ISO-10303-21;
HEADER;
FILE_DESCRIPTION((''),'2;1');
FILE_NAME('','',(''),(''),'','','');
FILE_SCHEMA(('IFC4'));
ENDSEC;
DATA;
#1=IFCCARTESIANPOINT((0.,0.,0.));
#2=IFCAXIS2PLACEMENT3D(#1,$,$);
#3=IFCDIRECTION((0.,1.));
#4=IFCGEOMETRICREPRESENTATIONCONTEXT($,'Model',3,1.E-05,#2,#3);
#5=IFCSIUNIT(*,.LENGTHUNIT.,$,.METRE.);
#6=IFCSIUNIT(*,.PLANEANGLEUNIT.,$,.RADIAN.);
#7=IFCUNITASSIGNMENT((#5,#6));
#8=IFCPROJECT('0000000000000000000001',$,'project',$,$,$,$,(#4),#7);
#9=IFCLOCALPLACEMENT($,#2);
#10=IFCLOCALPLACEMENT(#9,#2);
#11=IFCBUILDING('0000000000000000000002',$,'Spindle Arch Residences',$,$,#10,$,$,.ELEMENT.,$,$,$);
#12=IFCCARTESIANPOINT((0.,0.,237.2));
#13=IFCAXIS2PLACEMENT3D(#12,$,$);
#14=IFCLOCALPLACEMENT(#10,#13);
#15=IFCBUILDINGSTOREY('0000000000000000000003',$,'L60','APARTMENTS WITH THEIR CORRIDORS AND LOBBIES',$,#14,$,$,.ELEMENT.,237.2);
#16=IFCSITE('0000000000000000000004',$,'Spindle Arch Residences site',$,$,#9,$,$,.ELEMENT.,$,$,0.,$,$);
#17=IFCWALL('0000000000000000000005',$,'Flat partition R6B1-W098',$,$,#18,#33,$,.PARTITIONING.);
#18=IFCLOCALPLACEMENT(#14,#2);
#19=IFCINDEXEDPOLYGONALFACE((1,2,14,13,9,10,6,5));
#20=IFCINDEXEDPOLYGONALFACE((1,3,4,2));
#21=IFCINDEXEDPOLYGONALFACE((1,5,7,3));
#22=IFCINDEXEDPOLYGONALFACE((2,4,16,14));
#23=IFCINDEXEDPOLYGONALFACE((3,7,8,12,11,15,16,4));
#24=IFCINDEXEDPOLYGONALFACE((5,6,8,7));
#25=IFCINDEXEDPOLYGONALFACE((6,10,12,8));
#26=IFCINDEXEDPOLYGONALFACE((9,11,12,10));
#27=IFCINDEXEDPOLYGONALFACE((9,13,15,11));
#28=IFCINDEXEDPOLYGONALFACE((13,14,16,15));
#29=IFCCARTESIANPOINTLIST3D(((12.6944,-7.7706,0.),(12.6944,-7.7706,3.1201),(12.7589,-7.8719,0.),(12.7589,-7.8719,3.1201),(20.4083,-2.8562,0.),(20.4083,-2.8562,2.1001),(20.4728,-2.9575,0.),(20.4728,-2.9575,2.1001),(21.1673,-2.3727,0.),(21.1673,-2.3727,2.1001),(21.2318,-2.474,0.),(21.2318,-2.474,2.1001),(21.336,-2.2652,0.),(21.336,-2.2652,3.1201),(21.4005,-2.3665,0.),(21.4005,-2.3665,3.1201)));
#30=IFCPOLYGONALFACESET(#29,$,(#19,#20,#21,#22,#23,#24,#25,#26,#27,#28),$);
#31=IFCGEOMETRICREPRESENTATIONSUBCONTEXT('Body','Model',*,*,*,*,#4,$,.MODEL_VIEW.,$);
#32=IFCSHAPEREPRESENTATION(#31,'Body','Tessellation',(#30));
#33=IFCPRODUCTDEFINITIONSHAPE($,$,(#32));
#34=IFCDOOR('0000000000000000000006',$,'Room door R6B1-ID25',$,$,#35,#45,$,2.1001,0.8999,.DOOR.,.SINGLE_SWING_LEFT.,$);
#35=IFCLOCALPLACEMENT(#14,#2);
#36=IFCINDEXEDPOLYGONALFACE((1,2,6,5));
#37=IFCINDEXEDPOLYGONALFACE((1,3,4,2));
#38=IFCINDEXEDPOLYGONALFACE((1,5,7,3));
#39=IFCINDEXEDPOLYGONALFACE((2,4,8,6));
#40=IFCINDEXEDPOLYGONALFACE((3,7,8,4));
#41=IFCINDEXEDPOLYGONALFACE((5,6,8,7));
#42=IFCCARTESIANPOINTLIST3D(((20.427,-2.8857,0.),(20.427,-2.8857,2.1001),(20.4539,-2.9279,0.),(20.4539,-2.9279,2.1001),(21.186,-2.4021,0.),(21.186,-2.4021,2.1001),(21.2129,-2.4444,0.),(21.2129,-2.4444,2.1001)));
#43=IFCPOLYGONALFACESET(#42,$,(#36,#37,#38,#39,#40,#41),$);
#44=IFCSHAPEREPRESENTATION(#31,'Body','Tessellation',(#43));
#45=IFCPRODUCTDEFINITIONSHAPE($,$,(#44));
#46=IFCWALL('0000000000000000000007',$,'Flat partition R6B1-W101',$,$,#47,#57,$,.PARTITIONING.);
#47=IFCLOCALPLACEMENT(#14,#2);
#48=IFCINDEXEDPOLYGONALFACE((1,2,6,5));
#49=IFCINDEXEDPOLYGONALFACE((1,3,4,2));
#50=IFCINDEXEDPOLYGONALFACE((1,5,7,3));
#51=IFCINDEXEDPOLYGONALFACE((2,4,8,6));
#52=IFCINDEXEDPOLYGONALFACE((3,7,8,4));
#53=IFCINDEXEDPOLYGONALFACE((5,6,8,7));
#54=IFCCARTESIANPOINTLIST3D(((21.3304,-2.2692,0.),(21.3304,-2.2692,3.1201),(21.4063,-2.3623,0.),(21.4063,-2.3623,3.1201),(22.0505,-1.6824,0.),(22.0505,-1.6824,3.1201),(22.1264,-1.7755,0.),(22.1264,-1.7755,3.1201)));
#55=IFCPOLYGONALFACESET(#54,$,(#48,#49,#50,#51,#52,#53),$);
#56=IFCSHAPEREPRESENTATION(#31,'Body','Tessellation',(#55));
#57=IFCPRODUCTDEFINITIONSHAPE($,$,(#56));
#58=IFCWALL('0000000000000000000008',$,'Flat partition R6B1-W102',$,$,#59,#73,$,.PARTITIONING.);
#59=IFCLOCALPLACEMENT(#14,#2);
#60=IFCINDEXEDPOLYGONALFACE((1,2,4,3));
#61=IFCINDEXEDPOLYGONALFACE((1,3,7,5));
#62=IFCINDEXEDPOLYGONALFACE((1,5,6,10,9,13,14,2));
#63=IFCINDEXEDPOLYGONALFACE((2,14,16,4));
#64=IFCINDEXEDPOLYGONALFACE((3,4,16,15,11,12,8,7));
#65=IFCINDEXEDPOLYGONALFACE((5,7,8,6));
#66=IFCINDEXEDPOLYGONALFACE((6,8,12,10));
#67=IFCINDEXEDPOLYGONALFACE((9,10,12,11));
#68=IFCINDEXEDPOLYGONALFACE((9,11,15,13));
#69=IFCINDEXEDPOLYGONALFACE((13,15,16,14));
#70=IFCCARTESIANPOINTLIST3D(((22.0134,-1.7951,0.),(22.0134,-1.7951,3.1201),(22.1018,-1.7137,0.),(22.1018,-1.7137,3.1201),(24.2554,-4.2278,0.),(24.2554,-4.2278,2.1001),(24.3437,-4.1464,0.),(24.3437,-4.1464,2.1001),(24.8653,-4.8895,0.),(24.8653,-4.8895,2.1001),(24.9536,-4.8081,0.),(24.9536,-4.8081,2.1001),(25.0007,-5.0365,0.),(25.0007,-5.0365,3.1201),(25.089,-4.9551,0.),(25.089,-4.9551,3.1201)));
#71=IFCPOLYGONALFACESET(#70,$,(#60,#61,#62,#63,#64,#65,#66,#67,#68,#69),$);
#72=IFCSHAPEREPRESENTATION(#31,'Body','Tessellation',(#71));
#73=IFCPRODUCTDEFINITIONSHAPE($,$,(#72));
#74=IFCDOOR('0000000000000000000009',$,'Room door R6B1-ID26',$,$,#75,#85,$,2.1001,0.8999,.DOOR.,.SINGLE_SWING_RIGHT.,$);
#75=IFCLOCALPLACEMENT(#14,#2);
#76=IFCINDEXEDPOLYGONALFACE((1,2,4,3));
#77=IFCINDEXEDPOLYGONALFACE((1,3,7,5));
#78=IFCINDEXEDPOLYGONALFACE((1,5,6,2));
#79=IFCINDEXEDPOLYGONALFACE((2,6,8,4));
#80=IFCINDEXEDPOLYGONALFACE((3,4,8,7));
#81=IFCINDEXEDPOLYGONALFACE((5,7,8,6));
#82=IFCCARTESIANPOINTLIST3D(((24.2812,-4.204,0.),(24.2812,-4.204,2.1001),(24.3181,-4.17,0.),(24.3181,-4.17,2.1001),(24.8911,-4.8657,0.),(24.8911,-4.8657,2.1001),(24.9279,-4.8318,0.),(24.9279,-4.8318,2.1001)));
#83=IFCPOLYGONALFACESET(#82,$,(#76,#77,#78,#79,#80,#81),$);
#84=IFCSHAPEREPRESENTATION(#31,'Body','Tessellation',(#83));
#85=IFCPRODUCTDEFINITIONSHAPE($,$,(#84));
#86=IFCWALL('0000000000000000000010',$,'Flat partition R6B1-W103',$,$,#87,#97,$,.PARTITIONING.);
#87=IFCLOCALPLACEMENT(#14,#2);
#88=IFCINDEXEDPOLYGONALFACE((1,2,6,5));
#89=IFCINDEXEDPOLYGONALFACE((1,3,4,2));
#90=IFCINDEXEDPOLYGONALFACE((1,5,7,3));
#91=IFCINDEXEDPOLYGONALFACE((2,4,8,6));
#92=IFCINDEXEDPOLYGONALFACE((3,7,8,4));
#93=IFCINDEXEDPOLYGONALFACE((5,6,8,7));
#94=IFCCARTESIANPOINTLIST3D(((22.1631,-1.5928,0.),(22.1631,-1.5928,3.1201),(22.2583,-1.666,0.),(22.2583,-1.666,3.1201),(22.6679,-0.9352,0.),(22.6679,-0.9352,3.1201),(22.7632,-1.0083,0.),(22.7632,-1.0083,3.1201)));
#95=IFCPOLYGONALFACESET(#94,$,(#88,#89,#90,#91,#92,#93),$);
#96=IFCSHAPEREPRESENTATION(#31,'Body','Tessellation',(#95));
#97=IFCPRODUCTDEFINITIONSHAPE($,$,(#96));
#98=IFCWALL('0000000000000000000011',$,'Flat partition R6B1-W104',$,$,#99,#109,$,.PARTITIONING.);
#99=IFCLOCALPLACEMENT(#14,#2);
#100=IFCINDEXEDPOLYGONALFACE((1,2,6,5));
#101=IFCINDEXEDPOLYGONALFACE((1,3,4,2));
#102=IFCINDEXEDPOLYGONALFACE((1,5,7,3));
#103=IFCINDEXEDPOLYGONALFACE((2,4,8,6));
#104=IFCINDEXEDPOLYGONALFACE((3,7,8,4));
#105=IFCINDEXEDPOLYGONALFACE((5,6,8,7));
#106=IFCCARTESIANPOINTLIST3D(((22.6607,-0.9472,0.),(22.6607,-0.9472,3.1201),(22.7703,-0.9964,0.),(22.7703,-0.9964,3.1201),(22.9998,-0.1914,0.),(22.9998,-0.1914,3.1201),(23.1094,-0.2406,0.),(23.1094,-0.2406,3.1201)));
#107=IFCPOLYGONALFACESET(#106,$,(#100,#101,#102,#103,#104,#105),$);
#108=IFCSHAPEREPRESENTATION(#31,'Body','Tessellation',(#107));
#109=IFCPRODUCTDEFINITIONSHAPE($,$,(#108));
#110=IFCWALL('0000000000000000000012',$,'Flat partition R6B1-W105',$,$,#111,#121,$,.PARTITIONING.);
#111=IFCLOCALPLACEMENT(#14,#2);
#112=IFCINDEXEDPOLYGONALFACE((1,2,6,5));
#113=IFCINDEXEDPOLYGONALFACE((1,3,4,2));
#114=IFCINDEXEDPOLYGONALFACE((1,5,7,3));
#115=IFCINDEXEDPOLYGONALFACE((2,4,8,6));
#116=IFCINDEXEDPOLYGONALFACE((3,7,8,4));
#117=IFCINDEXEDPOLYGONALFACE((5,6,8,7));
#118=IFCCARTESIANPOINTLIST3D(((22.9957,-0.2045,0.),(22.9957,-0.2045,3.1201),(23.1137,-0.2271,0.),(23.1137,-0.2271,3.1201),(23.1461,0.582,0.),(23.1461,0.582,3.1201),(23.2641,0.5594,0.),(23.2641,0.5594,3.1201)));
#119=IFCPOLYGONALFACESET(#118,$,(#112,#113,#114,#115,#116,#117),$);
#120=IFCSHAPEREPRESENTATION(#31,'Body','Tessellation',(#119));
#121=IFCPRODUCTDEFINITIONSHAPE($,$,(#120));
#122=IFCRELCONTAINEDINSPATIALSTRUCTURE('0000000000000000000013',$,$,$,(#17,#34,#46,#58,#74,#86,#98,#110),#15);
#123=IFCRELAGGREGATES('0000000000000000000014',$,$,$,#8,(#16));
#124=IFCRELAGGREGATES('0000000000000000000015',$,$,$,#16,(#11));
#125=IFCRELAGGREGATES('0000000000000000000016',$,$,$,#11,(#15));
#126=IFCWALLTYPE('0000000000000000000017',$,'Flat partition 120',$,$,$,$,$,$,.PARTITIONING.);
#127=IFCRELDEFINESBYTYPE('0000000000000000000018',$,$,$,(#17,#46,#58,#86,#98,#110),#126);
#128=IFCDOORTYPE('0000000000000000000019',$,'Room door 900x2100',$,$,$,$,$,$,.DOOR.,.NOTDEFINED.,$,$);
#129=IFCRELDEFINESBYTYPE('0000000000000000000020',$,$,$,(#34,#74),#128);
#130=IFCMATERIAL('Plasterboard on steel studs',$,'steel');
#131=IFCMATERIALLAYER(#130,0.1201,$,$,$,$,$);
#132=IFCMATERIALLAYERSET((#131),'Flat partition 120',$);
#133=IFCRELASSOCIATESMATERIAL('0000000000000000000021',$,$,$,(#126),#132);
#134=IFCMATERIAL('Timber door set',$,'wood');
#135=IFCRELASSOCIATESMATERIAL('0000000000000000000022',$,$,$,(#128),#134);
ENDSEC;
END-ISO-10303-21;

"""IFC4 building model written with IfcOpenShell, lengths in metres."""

from ifc_helpers import new_model, si_unit, direction, frame, frame_2d, origin, place, context, subcontext, project, spatial, rectangle, extrude, material, layer, layer_set, type_object, element, fill, save


model = new_model("IFC4")

# Units and contexts
model_context = context("Model", 3, precision=1e-05, world=origin(), true_north=direction((0.0, 1.0)))
body_context = subcontext(model_context, "Body", "Model", "MODEL_VIEW")
ifc_project = project(units=[si_unit("LENGTHUNIT", "METRE"), si_unit("PLANEANGLEUNIT", "RADIAN")], contexts=[model_context])

# Site, building, storey
site_placement = place(None, origin())
site = spatial("IfcSite", under=ifc_project, at=site_placement, Name="Spindle Arch Residences site", CompositionType="ELEMENT", RefElevation=0.0)
building_placement = place(site_placement, origin())
building = spatial("IfcBuilding", under=site, at=building_placement, Name="Spindle Arch Residences", CompositionType="ELEMENT")
storey_placement = place(building_placement, frame((0.0, 0.0, 237.2)))
storey = spatial("IfcBuildingStorey", under=building, at=storey_placement, Name="L60", Description="APARTMENTS WITH THEIR CORRIDORS AND LOBBIES", CompositionType="ELEMENT", Elevation=237.2)

# Wall, opening, door
ifc_material_1 = material(Name="Plasterboard on steel studs", Category="steel")
ifc_layer_1 = layer(ifc_material_1, 0.1201)
ifc_layer_set_1 = layer_set([ifc_layer_1], Name="Flat partition 120")
wall_type = type_object("IfcWallType", Name="Flat partition 120", PredefinedType="PARTITIONING", material=ifc_layer_set_1)
wall_1_placement = place(storey_placement, frame((21.3682, -2.3159, 0.0), z_axis=(0.0, 0.0, 1.0), x_axis=(-0.843389, -0.537304, 0.0)))
wall_1 = element("IfcWall", 1, at=wall_1_placement, inside=storey, type_object=wall_type, Name="Flat partition R6B1-W098", PredefinedType="PARTITIONING", context=body_context, shape_type="SweptSolid", body=[
    extrude(rectangle(XDim=10.2463, YDim=0.1201, at=frame_2d((5.123, 0.0))), origin(), (0.0, 0.0, 1.0), 3.1201),
])
opening_1_placement = place(wall_1_placement, frame((0.2, 0.0, 0.0)))
opening_1 = element("IfcOpeningElement", 2, at=opening_1_placement, cuts=wall_1, PredefinedType="OPENING", context=body_context, shape_type="SweptSolid", body=[
    extrude(rectangle(XDim=0.8999, YDim=2.1001, at=frame_2d((0.45, 1.05))), frame((0.0, 0.0701, 0.0), z_axis=(0.0, -1.0, 0.0), x_axis=(1.0, 0.0, 0.0)), (0.0, 0.0, 1.0), 0.1401),
])
ifc_material_2 = material(Name="Timber door set", Category="wood")
door_type = type_object("IfcDoorType", Name="Room door 900x2100", OperationType="NOTDEFINED", PredefinedType="DOOR", material=ifc_material_2)
door_1_placement = place(opening_1_placement, origin())
door_1 = element("IfcDoor", 3, at=door_1_placement, inside=storey, type_object=door_type, Name="Room door R6B1-ID25", OperationType="SINGLE_SWING_LEFT", OverallHeight=2.1001, OverallWidth=0.8999, PredefinedType="DOOR", context=body_context, shape_type="SweptSolid", body=[
    extrude(rectangle(XDim=0.8999, YDim=2.1001, at=frame_2d((0.45, 1.05))), frame((0.0, 0.0249, 0.0), z_axis=(0.0, -1.0, 0.0), x_axis=(1.0, 0.0, 0.0)), (0.0, 0.0, 1.0), 0.05),
])
fill(opening_1, door_1)

# Wall
wall_2_placement = place(storey_placement, frame((22.0884, -1.729, 0.0), z_axis=(0.0, 0.0, 1.0), x_axis=(-0.775197, -0.63172, 0.0)))
element("IfcWall", 4, at=wall_2_placement, inside=storey, type_object=wall_type, Name="Flat partition R6B1-W101", PredefinedType="PARTITIONING", context=body_context, shape_type="SweptSolid", body=[
    extrude(rectangle(XDim=0.929, YDim=0.1201, at=frame_2d((0.4644, 0.0))), origin(), (0.0, 0.0, 1.0), 3.1201),
])

# Wall, opening, door
wall_3_placement = place(storey_placement, frame((25.0449, -4.9958, 0.0), z_axis=(0.0, 0.0, 1.0), x_axis=(-0.677691, 0.735347, 0.0)))
wall_3 = element("IfcWall", 5, at=wall_3_placement, inside=storey, type_object=wall_type, Name="Flat partition R6B1-W102", PredefinedType="PARTITIONING", context=body_context, shape_type="SweptSolid", body=[
    extrude(rectangle(XDim=4.408, YDim=0.1201, at=frame_2d((2.2041, 0.0))), origin(), (0.0, 0.0, 1.0), 3.1201),
])
opening_2_placement = place(wall_3_placement, frame((0.2, 0.0, 0.0)))
opening_2 = element("IfcOpeningElement", 6, at=opening_2_placement, cuts=wall_3, PredefinedType="OPENING", context=body_context, shape_type="SweptSolid", body=[
    extrude(rectangle(XDim=0.8999, YDim=2.1001, at=frame_2d((0.45, 1.05))), frame((0.0, 0.0701, 0.0), z_axis=(0.0, -1.0, 0.0), x_axis=(1.0, 0.0, 0.0)), (0.0, 0.0, 1.0), 0.1401),
])
door_2_placement = place(opening_2_placement, origin())
door_2 = element("IfcDoor", 7, at=door_2_placement, inside=storey, type_object=door_type, Name="Room door R6B1-ID26", OperationType="SINGLE_SWING_RIGHT", OverallHeight=2.1001, OverallWidth=0.8999, PredefinedType="DOOR", context=body_context, shape_type="SweptSolid", body=[
    extrude(rectangle(XDim=0.8999, YDim=2.1001, at=frame_2d((0.45, 1.05))), frame((0.0, 0.0249, 0.0), z_axis=(0.0, -1.0, 0.0), x_axis=(1.0, 0.0, 0.0)), (0.0, 0.0, 1.0), 0.05),
])
fill(opening_2, door_2)

# Walls
wall_4_placement = place(storey_placement, frame((22.2107, -1.6294, 0.0), z_axis=(0.0, 0.0, 1.0), x_axis=(0.608914, 0.793237, 0.0)))
element("IfcWall", 8, at=wall_4_placement, inside=storey, type_object=wall_type, Name="Flat partition R6B1-W103", PredefinedType="PARTITIONING", context=body_context, shape_type="SweptSolid", body=[
    extrude(rectangle(XDim=0.8291, YDim=0.1201, at=frame_2d((0.4146, 0.0))), origin(), (0.0, 0.0, 1.0), 3.1201),
])
wall_5_placement = place(storey_placement, frame((22.7156, -0.9717, 0.0), z_axis=(0.0, 0.0, 1.0), x_axis=(0.409335, 0.912384, 0.0)))
element("IfcWall", 9, at=wall_5_placement, inside=storey, type_object=wall_type, Name="Flat partition R6B1-W104", PredefinedType="PARTITIONING", context=body_context, shape_type="SweptSolid", body=[
    extrude(rectangle(XDim=0.8284, YDim=0.1201, at=frame_2d((0.4141, 0.0))), origin(), (0.0, 0.0, 1.0), 3.1201),
])
wall_6_placement = place(storey_placement, frame((23.0547, -0.2158, 0.0), z_axis=(0.0, 0.0, 1.0), x_axis=(0.187784, 0.98221, 0.0)))
element("IfcWall", 10, at=wall_6_placement, inside=storey, type_object=wall_type, Name="Flat partition R6B1-W105", PredefinedType="PARTITIONING", context=body_context, shape_type="SweptSolid", body=[
    extrude(rectangle(XDim=0.8008, YDim=0.1201, at=frame_2d((0.4004, 0.0))), origin(), (0.0, 0.0, 1.0), 3.1201),
])

save(model, "model.ifc")
